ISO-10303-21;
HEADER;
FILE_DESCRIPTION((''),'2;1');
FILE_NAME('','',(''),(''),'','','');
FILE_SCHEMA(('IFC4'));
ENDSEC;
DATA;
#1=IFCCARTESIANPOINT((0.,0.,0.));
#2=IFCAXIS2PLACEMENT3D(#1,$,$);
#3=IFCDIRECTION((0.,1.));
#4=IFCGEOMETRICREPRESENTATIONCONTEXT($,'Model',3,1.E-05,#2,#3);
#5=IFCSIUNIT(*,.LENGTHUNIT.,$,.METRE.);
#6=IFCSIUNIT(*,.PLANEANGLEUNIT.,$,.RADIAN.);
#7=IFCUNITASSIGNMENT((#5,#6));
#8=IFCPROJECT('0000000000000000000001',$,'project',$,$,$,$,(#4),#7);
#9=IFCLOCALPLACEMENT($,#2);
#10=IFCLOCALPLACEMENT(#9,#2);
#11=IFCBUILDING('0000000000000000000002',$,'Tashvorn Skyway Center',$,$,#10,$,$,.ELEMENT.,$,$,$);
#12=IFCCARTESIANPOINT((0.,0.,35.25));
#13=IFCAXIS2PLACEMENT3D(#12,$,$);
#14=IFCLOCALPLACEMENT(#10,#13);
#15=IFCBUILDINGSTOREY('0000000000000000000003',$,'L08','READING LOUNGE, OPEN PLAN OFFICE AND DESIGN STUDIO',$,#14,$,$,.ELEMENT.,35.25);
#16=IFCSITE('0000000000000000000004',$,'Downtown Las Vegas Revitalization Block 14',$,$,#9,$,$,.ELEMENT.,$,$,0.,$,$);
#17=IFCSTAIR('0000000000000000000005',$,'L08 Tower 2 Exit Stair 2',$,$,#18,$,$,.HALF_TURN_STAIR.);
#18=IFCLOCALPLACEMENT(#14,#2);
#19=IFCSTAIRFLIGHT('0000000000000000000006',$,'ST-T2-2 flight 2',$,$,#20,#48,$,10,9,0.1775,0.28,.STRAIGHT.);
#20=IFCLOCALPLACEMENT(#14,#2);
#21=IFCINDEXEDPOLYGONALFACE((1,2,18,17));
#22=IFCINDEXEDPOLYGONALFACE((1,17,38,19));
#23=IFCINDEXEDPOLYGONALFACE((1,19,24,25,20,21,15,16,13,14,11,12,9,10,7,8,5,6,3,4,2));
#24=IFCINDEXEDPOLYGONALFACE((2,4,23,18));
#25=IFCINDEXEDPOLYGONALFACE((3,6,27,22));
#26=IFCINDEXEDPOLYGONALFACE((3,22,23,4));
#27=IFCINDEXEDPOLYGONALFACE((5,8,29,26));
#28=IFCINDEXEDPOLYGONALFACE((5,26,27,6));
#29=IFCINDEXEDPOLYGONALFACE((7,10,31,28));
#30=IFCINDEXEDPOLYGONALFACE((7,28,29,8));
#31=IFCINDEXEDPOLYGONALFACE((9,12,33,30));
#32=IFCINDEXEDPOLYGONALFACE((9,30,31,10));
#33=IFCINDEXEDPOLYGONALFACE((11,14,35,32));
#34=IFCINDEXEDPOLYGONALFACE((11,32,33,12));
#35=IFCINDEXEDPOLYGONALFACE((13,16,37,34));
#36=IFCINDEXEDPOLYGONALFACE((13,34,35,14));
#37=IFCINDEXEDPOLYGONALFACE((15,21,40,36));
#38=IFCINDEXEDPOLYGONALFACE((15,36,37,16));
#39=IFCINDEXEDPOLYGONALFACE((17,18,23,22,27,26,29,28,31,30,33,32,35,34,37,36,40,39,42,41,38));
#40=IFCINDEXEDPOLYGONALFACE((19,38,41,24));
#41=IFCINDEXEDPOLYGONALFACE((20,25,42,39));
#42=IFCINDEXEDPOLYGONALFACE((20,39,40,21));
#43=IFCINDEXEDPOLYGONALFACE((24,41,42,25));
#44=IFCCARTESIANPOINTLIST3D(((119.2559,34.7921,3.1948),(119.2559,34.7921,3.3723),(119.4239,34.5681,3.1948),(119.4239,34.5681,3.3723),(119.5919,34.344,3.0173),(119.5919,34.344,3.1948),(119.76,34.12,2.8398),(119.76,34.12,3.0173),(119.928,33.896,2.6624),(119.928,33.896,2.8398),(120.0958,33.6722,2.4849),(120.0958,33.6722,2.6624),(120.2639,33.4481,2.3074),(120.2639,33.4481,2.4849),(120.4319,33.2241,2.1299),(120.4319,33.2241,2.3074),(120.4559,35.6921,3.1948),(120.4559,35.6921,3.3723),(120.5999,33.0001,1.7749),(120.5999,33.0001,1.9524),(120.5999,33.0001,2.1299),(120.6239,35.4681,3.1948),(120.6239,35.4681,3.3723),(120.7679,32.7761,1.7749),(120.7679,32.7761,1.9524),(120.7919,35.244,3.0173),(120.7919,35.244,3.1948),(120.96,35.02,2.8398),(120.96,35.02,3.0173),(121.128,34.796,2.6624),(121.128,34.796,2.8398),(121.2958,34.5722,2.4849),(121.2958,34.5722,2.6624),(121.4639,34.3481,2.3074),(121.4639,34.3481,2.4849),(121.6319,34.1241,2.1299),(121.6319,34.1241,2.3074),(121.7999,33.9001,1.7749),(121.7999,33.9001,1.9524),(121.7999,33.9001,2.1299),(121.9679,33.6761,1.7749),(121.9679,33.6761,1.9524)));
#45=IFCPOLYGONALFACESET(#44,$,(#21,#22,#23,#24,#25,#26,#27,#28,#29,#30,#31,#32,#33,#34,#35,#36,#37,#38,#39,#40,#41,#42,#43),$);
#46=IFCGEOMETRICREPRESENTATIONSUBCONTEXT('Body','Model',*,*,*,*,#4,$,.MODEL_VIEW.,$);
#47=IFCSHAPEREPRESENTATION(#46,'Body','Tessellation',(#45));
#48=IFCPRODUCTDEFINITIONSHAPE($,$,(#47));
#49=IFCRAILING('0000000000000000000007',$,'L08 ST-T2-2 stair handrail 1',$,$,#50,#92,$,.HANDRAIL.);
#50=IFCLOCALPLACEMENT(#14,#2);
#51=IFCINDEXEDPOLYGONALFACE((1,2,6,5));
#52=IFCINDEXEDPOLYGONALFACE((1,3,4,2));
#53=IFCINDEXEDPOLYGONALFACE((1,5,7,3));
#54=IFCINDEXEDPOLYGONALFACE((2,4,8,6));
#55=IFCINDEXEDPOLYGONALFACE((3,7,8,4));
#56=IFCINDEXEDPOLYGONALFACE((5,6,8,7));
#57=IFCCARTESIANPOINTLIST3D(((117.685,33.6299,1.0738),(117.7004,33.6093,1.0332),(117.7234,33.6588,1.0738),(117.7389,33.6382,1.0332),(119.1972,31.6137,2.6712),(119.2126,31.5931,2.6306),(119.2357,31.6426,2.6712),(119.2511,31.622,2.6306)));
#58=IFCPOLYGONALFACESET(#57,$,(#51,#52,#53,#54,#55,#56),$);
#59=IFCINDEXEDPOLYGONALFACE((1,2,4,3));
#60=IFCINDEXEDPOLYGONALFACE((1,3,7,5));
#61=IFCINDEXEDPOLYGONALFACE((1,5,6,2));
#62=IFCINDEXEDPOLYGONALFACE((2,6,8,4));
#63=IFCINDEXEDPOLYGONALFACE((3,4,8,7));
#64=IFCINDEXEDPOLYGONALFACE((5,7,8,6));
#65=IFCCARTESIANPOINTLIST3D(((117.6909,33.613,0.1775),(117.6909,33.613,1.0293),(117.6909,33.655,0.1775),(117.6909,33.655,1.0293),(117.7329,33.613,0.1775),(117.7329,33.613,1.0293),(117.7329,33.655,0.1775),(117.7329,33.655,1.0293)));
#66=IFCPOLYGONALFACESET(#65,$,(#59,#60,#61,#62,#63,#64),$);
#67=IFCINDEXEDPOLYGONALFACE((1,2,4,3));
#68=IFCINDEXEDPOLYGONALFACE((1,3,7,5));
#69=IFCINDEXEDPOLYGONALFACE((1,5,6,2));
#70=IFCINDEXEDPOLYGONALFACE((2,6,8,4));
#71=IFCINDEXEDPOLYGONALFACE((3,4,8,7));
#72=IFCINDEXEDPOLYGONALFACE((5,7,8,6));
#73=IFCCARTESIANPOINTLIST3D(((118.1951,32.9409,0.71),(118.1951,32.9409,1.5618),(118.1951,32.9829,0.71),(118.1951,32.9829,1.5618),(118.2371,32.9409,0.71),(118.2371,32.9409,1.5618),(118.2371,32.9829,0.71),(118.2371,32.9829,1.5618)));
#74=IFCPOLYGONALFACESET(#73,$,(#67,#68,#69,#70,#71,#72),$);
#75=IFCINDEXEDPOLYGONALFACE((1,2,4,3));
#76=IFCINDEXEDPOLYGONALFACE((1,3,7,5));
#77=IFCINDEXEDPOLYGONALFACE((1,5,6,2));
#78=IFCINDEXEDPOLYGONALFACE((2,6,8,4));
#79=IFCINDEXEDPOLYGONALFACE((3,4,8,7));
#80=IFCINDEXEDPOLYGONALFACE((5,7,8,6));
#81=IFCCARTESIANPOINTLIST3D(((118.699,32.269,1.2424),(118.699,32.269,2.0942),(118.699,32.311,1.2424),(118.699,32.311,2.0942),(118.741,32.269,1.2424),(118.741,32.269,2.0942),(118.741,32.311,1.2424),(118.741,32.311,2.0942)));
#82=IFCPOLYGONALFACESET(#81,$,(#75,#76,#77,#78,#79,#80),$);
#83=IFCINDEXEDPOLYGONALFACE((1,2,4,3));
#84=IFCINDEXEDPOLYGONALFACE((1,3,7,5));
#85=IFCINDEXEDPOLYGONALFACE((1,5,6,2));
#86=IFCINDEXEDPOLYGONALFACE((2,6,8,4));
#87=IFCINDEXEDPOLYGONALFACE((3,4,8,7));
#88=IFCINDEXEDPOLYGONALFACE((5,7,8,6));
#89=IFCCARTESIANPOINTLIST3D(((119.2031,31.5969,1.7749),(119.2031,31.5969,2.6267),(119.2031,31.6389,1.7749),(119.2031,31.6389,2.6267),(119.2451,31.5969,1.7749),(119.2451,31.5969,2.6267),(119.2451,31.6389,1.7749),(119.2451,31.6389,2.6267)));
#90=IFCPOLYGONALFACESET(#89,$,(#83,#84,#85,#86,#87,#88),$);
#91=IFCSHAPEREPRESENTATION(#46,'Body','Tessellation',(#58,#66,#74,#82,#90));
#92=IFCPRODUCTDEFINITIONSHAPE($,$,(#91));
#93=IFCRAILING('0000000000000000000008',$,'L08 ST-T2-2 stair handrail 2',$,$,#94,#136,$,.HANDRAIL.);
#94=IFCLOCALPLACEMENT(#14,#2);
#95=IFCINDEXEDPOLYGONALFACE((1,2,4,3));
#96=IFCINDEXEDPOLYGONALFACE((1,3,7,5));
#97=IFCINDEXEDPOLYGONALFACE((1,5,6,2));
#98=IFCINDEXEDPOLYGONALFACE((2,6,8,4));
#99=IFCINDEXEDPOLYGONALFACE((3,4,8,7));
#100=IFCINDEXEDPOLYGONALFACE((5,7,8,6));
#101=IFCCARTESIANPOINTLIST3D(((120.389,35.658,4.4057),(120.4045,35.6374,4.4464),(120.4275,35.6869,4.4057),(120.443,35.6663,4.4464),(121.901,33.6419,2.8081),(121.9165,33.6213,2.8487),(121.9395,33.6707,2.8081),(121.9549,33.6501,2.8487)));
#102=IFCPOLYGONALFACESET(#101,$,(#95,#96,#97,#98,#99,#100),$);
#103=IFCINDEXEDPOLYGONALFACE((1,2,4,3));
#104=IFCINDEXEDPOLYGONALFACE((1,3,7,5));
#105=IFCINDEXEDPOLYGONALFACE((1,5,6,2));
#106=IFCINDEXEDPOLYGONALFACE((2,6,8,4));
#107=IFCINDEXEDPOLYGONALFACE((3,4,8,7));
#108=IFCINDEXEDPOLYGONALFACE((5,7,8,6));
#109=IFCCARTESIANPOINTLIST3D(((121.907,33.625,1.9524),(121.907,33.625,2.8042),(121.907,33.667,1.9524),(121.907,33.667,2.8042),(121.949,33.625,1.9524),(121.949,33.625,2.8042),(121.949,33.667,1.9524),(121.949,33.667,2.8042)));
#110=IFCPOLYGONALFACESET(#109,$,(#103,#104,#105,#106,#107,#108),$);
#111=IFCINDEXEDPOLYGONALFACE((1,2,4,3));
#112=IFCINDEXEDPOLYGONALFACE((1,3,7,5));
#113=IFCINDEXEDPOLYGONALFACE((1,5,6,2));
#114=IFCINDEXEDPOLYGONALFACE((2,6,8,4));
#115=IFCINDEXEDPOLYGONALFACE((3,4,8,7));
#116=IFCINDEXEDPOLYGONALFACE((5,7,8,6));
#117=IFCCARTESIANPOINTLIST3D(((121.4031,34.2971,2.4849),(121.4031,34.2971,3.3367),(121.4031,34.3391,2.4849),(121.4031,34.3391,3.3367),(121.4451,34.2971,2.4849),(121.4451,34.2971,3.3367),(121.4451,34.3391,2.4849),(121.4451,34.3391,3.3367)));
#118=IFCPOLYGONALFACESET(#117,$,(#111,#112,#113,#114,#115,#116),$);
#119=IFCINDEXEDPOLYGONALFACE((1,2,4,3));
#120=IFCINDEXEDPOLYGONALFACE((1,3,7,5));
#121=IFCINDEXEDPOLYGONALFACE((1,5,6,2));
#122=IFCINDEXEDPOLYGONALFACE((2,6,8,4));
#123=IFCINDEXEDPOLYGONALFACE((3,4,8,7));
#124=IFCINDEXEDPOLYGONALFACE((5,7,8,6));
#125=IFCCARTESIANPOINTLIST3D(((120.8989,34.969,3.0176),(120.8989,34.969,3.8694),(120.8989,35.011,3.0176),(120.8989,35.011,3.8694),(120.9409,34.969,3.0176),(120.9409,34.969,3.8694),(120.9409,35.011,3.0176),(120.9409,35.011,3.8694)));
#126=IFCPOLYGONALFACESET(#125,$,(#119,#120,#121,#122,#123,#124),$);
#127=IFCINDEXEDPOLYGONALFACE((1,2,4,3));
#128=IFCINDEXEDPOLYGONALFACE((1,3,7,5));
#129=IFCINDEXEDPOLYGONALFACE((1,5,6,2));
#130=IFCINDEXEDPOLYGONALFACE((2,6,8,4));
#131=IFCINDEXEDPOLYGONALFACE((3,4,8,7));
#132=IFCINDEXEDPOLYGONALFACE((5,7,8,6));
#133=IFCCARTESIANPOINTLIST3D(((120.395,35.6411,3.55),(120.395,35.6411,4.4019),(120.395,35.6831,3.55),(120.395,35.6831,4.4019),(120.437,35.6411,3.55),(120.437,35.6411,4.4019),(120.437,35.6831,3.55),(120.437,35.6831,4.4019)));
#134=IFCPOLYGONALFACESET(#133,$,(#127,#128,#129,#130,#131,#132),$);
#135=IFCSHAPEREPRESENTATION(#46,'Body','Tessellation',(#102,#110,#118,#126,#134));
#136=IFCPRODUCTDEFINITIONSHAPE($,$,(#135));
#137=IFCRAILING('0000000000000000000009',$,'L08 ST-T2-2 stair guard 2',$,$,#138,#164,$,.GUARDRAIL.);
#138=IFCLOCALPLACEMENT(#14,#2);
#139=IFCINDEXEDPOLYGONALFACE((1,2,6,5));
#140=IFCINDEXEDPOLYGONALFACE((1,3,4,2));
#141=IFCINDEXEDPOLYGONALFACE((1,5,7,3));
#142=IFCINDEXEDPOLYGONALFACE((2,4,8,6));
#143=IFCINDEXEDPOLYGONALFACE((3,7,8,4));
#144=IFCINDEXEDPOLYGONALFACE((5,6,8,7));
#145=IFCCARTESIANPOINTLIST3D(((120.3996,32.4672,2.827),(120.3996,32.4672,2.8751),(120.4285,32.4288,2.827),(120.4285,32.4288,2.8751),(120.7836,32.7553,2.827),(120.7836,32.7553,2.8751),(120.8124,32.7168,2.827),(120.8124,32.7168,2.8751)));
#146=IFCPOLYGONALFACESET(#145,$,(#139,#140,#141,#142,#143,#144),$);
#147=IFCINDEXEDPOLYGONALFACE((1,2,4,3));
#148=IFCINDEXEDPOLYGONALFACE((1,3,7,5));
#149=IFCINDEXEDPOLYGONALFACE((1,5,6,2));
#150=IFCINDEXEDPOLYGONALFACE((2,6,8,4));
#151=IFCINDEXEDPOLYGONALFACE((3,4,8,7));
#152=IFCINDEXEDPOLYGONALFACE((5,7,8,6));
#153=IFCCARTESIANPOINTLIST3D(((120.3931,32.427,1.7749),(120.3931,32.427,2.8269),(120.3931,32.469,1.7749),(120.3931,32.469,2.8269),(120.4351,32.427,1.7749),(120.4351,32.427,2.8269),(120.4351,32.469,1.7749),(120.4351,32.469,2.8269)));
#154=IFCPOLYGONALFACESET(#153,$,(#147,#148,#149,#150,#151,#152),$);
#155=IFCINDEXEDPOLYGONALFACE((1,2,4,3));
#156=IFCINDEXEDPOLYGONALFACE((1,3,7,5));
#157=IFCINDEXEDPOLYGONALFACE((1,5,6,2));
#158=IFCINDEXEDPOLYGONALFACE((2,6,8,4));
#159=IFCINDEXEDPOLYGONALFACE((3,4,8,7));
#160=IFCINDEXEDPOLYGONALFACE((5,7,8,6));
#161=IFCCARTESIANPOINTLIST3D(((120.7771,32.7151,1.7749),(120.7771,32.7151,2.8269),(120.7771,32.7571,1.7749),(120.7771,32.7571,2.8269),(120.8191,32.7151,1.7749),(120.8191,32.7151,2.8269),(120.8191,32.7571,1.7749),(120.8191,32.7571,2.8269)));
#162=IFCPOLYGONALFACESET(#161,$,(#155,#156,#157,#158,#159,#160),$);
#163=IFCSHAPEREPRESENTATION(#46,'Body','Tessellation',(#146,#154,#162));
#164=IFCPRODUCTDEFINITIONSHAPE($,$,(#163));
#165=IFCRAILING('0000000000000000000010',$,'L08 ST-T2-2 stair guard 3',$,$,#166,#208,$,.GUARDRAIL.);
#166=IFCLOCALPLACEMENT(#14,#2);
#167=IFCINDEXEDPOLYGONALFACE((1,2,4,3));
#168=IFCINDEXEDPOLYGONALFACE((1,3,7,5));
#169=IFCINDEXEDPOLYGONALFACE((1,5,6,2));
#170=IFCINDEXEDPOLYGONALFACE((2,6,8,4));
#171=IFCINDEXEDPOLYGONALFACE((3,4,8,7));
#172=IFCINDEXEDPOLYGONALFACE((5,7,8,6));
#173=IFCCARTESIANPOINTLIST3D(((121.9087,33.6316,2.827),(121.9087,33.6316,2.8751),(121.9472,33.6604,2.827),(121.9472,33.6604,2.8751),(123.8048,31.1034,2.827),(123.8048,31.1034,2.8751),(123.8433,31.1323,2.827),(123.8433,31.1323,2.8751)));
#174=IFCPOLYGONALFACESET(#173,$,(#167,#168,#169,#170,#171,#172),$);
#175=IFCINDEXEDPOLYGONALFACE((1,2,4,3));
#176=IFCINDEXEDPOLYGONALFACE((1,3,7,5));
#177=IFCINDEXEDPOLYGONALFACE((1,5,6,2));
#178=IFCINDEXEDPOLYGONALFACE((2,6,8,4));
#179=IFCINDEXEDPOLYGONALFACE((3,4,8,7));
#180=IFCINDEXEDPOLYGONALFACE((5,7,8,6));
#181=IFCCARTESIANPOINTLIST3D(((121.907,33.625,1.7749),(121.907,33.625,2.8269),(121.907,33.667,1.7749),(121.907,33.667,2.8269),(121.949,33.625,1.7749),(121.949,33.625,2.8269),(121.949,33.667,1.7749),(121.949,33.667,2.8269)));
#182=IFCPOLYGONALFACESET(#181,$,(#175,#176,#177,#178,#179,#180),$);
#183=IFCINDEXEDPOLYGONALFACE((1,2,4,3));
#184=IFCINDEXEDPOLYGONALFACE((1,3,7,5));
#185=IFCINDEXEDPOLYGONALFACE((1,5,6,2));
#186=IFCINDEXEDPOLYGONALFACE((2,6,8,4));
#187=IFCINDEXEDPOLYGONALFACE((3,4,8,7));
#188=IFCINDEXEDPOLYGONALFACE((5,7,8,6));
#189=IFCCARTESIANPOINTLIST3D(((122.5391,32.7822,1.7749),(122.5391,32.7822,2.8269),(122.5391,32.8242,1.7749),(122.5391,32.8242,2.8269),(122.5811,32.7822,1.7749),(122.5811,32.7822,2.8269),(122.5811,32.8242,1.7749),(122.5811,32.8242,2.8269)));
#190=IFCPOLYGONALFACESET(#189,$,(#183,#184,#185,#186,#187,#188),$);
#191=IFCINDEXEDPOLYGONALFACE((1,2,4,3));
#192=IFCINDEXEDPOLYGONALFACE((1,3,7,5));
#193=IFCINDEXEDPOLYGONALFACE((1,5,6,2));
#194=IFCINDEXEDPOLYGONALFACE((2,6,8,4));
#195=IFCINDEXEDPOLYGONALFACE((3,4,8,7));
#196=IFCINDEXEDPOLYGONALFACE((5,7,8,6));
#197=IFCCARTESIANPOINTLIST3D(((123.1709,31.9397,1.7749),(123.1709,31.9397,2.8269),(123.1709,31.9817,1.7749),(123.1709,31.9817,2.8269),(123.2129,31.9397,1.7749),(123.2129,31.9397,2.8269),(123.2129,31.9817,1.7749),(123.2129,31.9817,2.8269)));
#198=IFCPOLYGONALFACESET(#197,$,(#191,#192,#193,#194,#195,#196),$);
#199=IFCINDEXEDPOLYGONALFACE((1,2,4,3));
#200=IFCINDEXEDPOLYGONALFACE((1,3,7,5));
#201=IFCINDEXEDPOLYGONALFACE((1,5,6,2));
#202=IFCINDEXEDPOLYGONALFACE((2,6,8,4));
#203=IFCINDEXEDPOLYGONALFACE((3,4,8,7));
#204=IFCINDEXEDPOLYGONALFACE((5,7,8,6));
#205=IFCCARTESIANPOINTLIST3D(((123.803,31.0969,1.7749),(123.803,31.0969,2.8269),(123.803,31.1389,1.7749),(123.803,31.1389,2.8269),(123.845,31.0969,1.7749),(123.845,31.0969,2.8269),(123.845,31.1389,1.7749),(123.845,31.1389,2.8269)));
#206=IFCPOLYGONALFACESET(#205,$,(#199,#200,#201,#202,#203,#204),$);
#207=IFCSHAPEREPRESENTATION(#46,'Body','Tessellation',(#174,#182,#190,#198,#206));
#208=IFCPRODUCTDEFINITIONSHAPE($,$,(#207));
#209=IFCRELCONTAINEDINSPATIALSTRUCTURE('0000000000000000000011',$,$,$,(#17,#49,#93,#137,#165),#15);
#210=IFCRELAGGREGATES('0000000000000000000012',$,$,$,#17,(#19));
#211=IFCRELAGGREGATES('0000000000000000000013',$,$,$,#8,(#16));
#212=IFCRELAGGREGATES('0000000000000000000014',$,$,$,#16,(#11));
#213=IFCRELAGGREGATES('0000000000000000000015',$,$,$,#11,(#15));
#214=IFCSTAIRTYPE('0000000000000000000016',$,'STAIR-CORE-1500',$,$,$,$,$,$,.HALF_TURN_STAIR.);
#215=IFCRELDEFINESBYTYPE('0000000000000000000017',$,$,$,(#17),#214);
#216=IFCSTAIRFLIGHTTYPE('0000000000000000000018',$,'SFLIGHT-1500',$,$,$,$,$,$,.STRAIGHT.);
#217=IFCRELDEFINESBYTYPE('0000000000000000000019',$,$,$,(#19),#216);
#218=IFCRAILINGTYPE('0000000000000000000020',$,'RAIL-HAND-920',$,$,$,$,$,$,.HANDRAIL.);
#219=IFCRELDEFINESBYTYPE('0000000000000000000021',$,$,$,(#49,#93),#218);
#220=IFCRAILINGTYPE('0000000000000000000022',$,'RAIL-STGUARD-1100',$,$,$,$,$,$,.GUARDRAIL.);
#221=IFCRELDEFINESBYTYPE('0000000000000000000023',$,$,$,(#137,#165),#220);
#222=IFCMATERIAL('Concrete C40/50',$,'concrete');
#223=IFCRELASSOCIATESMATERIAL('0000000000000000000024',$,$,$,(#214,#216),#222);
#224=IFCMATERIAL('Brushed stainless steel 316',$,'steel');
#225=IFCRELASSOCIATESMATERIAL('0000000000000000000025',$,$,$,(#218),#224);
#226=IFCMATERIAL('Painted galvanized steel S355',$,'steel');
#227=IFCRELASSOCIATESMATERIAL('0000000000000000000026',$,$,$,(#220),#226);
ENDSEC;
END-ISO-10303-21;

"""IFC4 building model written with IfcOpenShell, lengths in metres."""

from ifc_helpers import new_model, si_unit, direction, frame, origin, origin_2d, place, context, subcontext, project, spatial, polyline, rectangle, outline, extrude, material, type_object, element, aggregate, save


model = new_model("IFC4")

# Units and contexts
model_context = context("Model", 3, precision=1e-05, world=origin(), true_north=direction((0.0, 1.0)))
body_context = subcontext(model_context, "Body", "Model", "MODEL_VIEW")
ifc_project = project(units=[si_unit("LENGTHUNIT", "METRE"), si_unit("PLANEANGLEUNIT", "RADIAN")], contexts=[model_context])

# Site, building, storey
site_placement = place(None, origin())
site = spatial("IfcSite", under=ifc_project, at=site_placement, Name="Downtown Las Vegas Revitalization Block 14", CompositionType="ELEMENT", RefElevation=0.0)
building_placement = place(site_placement, origin())
building = spatial("IfcBuilding", under=site, at=building_placement, Name="Tashvorn Skyway Center", CompositionType="ELEMENT")
storey_placement = place(building_placement, frame((0.0, 0.0, 35.25)))
storey = spatial("IfcBuildingStorey", under=building, at=storey_placement, Name="L08", Description="READING LOUNGE, OPEN PLAN OFFICE AND DESIGN STUDIO", CompositionType="ELEMENT", Elevation=35.25)

# Shared definitions
ifc_material_1 = material(Name="Concrete C40/50", Category="concrete")

# Stair, stair flight
stair_type = type_object("IfcStairType", Name="STAIR-CORE-1500", PredefinedType="HALF_TURN_STAIR", material=ifc_material_1)
stair_placement = place(storey_placement, origin())
stair = element("IfcStair", 1, at=stair_placement, inside=storey, type_object=stair_type, Name="L08 Tower 2 Exit Stair 2", PredefinedType="HALF_TURN_STAIR")
stair_flight_type = type_object("IfcStairFlightType", Name="SFLIGHT-1500", PredefinedType="STRAIGHT", material=ifc_material_1)
stair_flight_1_placement = place(storey_placement, frame((121.3679, 33.2261, 1.7749), z_axis=(0.0, 0.0, 1.0), x_axis=(-0.6, 0.8, 0.0)))
stair_flight_1 = element("IfcStairFlight", 2, at=stair_flight_1_placement, type_object=stair_flight_type, Name="ST-T2-2 flight 2", NumberOfRisers=10, NumberOfTreads=9, PredefinedType="STRAIGHT", RiserHeight=0.1775, TreadLength=0.28, context=body_context, shape_type="SweptSolid", body=[
    extrude(outline(polyline([(0.0, 0.0), (0.0, 0.1775), (0.28, 0.1775), (0.28, 0.355), (0.5601, 0.355), (0.5601, 0.5325), (0.8401, 0.5325), (0.8401, 0.71), (1.1201, 0.71), (1.1201, 0.8875), (1.3999, 0.8875), (1.3999, 1.0649), (1.6799, 1.0649), (1.6799, 1.2424), (1.96, 1.2424), (1.96, 1.4199), (2.24, 1.4199), (2.24, 1.5974), (2.52, 1.5974), (2.52, 1.7749), (2.52, 1.4199), (0.28, 0.0), (0.0, 0.0)])), frame((0.0, 0.75, 0.0), z_axis=(0.0, -1.0, 0.0), x_axis=(1.0, 0.0, 0.0)), (0.0, 0.0, 1.0), 1.5),
])
aggregate(stair, [stair_flight_1])

# Railings
ifc_material_2 = material(Name="Brushed stainless steel 316", Category="steel")
railing_type_1 = type_object("IfcRailingType", Name="RAIL-HAND-920", PredefinedType="HANDRAIL", material=ifc_material_2)
railing_1_placement = place(storey_placement, frame((117.7119, 33.634, 0.1775)))
element("IfcRailing", 3, at=railing_1_placement, inside=storey, type_object=railing_type_1, Name="L08 ST-T2-2 stair handrail 1", PredefinedType="HANDRAIL", context=body_context, shape_type="SweptSolid", body=[
    extrude(rectangle(XDim=0.0481, YDim=0.0481, at=origin_2d()), frame((0.0, 0.0, 0.876), z_axis=(0.506802, -0.675681, 0.535357), x_axis=(0.799977, 0.600031, 0.0)), (0.0, 0.0, 1.0), 2.9839),
    extrude(rectangle(XDim=0.042, YDim=0.042, at=origin_2d()), origin(), (0.0, 0.0, 1.0), 0.8518),
    extrude(rectangle(XDim=0.042, YDim=0.042, at=origin_2d()), frame((0.5042, -0.6721, 0.5325)), (0.0, 0.0, 1.0), 0.8518),
    extrude(rectangle(XDim=0.042, YDim=0.042, at=origin_2d()), frame((1.0081, -1.344, 1.0649)), (0.0, 0.0, 1.0), 0.8518),
    extrude(rectangle(XDim=0.042, YDim=0.042, at=origin_2d()), frame((1.5122, -2.0161, 1.5974)), (0.0, 0.0, 1.0), 0.8518),
])
railing_2_placement = place(storey_placement, frame((121.928, 33.646, 1.9524)))
element("IfcRailing", 4, at=railing_2_placement, inside=storey, type_object=railing_type_1, Name="L08 ST-T2-2 stair handrail 2", PredefinedType="HANDRAIL", context=body_context, shape_type="SweptSolid", body=[
    extrude(rectangle(XDim=0.0481, YDim=0.0481, at=origin_2d()), frame((0.0, 0.0, 0.876), z_axis=(-0.506719, 0.675679, 0.535438), x_axis=(-0.800023, -0.599969, 0.0)), (0.0, 0.0, 1.0), 2.9839),
    extrude(rectangle(XDim=0.042, YDim=0.042, at=origin_2d()), origin(), (0.0, 0.0, 1.0), 0.8518),
    extrude(rectangle(XDim=0.042, YDim=0.042, at=origin_2d()), frame((-0.5039, 0.6721, 0.5325)), (0.0, 0.0, 1.0), 0.8518),
    extrude(rectangle(XDim=0.042, YDim=0.042, at=origin_2d()), frame((-1.0081, 1.344, 1.0652)), (0.0, 0.0, 1.0), 0.8518),
    extrude(rectangle(XDim=0.042, YDim=0.042, at=origin_2d()), frame((-1.512, 2.0161, 1.5977)), (0.0, 0.0, 1.0), 0.8518),
])
ifc_material_3 = material(Name="Painted galvanized steel S355", Category="steel")
railing_type_2 = type_object("IfcRailingType", Name="RAIL-STGUARD-1100", PredefinedType="GUARDRAIL", material=ifc_material_3)
railing_3_placement = place(storey_placement, frame((120.4141, 32.448, 1.7749)))
element("IfcRailing", 5, at=railing_3_placement, inside=storey, type_object=railing_type_2, Name="L08 ST-T2-2 stair guard 2", PredefinedType="GUARDRAIL", context=body_context, shape_type="SweptSolid", body=[
    extrude(rectangle(XDim=0.0481, YDim=0.0481, at=origin_2d()), frame((0.0, 0.0, 1.0762), z_axis=(0.799939, 0.600081, 0.0), x_axis=(-0.600081, 0.799939, 0.0)), (0.0, 0.0, 1.0), 0.48),
    extrude(rectangle(XDim=0.042, YDim=0.042, at=origin_2d()), origin(), (0.0, 0.0, 1.0), 1.052),
    extrude(rectangle(XDim=0.042, YDim=0.042, at=origin_2d()), frame((0.384, 0.2881, 0.0)), (0.0, 0.0, 1.0), 1.052),
])
railing_4_placement = place(storey_placement, frame((121.928, 33.646, 1.7749)))
element("IfcRailing", 6, at=railing_4_placement, inside=storey, type_object=railing_type_2, Name="L08 ST-T2-2 stair guard 3", PredefinedType="GUARDRAIL", context=body_context, shape_type="SweptSolid", body=[
    extrude(rectangle(XDim=0.0481, YDim=0.0481, at=origin_2d()), frame((0.0, 0.0, 1.0762), z_axis=(0.599988, -0.800009, 0.0), x_axis=(0.800009, 0.599988, 0.0)), (0.0, 0.0, 1.0), 3.1602),
    extrude(rectangle(XDim=0.042, YDim=0.042, at=origin_2d()), origin(), (0.0, 0.0, 1.0), 1.052),
    extrude(rectangle(XDim=0.042, YDim=0.042, at=origin_2d()), frame((0.6321, -0.8428, 0.0)), (0.0, 0.0, 1.0), 1.052),
    extrude(rectangle(XDim=0.042, YDim=0.042, at=origin_2d()), frame((1.2639, -1.6853, 0.0)), (0.0, 0.0, 1.0), 1.052),
    extrude(rectangle(XDim=0.042, YDim=0.042, at=origin_2d()), frame((1.896, -2.5281, 0.0)), (0.0, 0.0, 1.0), 1.052),
])

save(model, "model.ifc")
